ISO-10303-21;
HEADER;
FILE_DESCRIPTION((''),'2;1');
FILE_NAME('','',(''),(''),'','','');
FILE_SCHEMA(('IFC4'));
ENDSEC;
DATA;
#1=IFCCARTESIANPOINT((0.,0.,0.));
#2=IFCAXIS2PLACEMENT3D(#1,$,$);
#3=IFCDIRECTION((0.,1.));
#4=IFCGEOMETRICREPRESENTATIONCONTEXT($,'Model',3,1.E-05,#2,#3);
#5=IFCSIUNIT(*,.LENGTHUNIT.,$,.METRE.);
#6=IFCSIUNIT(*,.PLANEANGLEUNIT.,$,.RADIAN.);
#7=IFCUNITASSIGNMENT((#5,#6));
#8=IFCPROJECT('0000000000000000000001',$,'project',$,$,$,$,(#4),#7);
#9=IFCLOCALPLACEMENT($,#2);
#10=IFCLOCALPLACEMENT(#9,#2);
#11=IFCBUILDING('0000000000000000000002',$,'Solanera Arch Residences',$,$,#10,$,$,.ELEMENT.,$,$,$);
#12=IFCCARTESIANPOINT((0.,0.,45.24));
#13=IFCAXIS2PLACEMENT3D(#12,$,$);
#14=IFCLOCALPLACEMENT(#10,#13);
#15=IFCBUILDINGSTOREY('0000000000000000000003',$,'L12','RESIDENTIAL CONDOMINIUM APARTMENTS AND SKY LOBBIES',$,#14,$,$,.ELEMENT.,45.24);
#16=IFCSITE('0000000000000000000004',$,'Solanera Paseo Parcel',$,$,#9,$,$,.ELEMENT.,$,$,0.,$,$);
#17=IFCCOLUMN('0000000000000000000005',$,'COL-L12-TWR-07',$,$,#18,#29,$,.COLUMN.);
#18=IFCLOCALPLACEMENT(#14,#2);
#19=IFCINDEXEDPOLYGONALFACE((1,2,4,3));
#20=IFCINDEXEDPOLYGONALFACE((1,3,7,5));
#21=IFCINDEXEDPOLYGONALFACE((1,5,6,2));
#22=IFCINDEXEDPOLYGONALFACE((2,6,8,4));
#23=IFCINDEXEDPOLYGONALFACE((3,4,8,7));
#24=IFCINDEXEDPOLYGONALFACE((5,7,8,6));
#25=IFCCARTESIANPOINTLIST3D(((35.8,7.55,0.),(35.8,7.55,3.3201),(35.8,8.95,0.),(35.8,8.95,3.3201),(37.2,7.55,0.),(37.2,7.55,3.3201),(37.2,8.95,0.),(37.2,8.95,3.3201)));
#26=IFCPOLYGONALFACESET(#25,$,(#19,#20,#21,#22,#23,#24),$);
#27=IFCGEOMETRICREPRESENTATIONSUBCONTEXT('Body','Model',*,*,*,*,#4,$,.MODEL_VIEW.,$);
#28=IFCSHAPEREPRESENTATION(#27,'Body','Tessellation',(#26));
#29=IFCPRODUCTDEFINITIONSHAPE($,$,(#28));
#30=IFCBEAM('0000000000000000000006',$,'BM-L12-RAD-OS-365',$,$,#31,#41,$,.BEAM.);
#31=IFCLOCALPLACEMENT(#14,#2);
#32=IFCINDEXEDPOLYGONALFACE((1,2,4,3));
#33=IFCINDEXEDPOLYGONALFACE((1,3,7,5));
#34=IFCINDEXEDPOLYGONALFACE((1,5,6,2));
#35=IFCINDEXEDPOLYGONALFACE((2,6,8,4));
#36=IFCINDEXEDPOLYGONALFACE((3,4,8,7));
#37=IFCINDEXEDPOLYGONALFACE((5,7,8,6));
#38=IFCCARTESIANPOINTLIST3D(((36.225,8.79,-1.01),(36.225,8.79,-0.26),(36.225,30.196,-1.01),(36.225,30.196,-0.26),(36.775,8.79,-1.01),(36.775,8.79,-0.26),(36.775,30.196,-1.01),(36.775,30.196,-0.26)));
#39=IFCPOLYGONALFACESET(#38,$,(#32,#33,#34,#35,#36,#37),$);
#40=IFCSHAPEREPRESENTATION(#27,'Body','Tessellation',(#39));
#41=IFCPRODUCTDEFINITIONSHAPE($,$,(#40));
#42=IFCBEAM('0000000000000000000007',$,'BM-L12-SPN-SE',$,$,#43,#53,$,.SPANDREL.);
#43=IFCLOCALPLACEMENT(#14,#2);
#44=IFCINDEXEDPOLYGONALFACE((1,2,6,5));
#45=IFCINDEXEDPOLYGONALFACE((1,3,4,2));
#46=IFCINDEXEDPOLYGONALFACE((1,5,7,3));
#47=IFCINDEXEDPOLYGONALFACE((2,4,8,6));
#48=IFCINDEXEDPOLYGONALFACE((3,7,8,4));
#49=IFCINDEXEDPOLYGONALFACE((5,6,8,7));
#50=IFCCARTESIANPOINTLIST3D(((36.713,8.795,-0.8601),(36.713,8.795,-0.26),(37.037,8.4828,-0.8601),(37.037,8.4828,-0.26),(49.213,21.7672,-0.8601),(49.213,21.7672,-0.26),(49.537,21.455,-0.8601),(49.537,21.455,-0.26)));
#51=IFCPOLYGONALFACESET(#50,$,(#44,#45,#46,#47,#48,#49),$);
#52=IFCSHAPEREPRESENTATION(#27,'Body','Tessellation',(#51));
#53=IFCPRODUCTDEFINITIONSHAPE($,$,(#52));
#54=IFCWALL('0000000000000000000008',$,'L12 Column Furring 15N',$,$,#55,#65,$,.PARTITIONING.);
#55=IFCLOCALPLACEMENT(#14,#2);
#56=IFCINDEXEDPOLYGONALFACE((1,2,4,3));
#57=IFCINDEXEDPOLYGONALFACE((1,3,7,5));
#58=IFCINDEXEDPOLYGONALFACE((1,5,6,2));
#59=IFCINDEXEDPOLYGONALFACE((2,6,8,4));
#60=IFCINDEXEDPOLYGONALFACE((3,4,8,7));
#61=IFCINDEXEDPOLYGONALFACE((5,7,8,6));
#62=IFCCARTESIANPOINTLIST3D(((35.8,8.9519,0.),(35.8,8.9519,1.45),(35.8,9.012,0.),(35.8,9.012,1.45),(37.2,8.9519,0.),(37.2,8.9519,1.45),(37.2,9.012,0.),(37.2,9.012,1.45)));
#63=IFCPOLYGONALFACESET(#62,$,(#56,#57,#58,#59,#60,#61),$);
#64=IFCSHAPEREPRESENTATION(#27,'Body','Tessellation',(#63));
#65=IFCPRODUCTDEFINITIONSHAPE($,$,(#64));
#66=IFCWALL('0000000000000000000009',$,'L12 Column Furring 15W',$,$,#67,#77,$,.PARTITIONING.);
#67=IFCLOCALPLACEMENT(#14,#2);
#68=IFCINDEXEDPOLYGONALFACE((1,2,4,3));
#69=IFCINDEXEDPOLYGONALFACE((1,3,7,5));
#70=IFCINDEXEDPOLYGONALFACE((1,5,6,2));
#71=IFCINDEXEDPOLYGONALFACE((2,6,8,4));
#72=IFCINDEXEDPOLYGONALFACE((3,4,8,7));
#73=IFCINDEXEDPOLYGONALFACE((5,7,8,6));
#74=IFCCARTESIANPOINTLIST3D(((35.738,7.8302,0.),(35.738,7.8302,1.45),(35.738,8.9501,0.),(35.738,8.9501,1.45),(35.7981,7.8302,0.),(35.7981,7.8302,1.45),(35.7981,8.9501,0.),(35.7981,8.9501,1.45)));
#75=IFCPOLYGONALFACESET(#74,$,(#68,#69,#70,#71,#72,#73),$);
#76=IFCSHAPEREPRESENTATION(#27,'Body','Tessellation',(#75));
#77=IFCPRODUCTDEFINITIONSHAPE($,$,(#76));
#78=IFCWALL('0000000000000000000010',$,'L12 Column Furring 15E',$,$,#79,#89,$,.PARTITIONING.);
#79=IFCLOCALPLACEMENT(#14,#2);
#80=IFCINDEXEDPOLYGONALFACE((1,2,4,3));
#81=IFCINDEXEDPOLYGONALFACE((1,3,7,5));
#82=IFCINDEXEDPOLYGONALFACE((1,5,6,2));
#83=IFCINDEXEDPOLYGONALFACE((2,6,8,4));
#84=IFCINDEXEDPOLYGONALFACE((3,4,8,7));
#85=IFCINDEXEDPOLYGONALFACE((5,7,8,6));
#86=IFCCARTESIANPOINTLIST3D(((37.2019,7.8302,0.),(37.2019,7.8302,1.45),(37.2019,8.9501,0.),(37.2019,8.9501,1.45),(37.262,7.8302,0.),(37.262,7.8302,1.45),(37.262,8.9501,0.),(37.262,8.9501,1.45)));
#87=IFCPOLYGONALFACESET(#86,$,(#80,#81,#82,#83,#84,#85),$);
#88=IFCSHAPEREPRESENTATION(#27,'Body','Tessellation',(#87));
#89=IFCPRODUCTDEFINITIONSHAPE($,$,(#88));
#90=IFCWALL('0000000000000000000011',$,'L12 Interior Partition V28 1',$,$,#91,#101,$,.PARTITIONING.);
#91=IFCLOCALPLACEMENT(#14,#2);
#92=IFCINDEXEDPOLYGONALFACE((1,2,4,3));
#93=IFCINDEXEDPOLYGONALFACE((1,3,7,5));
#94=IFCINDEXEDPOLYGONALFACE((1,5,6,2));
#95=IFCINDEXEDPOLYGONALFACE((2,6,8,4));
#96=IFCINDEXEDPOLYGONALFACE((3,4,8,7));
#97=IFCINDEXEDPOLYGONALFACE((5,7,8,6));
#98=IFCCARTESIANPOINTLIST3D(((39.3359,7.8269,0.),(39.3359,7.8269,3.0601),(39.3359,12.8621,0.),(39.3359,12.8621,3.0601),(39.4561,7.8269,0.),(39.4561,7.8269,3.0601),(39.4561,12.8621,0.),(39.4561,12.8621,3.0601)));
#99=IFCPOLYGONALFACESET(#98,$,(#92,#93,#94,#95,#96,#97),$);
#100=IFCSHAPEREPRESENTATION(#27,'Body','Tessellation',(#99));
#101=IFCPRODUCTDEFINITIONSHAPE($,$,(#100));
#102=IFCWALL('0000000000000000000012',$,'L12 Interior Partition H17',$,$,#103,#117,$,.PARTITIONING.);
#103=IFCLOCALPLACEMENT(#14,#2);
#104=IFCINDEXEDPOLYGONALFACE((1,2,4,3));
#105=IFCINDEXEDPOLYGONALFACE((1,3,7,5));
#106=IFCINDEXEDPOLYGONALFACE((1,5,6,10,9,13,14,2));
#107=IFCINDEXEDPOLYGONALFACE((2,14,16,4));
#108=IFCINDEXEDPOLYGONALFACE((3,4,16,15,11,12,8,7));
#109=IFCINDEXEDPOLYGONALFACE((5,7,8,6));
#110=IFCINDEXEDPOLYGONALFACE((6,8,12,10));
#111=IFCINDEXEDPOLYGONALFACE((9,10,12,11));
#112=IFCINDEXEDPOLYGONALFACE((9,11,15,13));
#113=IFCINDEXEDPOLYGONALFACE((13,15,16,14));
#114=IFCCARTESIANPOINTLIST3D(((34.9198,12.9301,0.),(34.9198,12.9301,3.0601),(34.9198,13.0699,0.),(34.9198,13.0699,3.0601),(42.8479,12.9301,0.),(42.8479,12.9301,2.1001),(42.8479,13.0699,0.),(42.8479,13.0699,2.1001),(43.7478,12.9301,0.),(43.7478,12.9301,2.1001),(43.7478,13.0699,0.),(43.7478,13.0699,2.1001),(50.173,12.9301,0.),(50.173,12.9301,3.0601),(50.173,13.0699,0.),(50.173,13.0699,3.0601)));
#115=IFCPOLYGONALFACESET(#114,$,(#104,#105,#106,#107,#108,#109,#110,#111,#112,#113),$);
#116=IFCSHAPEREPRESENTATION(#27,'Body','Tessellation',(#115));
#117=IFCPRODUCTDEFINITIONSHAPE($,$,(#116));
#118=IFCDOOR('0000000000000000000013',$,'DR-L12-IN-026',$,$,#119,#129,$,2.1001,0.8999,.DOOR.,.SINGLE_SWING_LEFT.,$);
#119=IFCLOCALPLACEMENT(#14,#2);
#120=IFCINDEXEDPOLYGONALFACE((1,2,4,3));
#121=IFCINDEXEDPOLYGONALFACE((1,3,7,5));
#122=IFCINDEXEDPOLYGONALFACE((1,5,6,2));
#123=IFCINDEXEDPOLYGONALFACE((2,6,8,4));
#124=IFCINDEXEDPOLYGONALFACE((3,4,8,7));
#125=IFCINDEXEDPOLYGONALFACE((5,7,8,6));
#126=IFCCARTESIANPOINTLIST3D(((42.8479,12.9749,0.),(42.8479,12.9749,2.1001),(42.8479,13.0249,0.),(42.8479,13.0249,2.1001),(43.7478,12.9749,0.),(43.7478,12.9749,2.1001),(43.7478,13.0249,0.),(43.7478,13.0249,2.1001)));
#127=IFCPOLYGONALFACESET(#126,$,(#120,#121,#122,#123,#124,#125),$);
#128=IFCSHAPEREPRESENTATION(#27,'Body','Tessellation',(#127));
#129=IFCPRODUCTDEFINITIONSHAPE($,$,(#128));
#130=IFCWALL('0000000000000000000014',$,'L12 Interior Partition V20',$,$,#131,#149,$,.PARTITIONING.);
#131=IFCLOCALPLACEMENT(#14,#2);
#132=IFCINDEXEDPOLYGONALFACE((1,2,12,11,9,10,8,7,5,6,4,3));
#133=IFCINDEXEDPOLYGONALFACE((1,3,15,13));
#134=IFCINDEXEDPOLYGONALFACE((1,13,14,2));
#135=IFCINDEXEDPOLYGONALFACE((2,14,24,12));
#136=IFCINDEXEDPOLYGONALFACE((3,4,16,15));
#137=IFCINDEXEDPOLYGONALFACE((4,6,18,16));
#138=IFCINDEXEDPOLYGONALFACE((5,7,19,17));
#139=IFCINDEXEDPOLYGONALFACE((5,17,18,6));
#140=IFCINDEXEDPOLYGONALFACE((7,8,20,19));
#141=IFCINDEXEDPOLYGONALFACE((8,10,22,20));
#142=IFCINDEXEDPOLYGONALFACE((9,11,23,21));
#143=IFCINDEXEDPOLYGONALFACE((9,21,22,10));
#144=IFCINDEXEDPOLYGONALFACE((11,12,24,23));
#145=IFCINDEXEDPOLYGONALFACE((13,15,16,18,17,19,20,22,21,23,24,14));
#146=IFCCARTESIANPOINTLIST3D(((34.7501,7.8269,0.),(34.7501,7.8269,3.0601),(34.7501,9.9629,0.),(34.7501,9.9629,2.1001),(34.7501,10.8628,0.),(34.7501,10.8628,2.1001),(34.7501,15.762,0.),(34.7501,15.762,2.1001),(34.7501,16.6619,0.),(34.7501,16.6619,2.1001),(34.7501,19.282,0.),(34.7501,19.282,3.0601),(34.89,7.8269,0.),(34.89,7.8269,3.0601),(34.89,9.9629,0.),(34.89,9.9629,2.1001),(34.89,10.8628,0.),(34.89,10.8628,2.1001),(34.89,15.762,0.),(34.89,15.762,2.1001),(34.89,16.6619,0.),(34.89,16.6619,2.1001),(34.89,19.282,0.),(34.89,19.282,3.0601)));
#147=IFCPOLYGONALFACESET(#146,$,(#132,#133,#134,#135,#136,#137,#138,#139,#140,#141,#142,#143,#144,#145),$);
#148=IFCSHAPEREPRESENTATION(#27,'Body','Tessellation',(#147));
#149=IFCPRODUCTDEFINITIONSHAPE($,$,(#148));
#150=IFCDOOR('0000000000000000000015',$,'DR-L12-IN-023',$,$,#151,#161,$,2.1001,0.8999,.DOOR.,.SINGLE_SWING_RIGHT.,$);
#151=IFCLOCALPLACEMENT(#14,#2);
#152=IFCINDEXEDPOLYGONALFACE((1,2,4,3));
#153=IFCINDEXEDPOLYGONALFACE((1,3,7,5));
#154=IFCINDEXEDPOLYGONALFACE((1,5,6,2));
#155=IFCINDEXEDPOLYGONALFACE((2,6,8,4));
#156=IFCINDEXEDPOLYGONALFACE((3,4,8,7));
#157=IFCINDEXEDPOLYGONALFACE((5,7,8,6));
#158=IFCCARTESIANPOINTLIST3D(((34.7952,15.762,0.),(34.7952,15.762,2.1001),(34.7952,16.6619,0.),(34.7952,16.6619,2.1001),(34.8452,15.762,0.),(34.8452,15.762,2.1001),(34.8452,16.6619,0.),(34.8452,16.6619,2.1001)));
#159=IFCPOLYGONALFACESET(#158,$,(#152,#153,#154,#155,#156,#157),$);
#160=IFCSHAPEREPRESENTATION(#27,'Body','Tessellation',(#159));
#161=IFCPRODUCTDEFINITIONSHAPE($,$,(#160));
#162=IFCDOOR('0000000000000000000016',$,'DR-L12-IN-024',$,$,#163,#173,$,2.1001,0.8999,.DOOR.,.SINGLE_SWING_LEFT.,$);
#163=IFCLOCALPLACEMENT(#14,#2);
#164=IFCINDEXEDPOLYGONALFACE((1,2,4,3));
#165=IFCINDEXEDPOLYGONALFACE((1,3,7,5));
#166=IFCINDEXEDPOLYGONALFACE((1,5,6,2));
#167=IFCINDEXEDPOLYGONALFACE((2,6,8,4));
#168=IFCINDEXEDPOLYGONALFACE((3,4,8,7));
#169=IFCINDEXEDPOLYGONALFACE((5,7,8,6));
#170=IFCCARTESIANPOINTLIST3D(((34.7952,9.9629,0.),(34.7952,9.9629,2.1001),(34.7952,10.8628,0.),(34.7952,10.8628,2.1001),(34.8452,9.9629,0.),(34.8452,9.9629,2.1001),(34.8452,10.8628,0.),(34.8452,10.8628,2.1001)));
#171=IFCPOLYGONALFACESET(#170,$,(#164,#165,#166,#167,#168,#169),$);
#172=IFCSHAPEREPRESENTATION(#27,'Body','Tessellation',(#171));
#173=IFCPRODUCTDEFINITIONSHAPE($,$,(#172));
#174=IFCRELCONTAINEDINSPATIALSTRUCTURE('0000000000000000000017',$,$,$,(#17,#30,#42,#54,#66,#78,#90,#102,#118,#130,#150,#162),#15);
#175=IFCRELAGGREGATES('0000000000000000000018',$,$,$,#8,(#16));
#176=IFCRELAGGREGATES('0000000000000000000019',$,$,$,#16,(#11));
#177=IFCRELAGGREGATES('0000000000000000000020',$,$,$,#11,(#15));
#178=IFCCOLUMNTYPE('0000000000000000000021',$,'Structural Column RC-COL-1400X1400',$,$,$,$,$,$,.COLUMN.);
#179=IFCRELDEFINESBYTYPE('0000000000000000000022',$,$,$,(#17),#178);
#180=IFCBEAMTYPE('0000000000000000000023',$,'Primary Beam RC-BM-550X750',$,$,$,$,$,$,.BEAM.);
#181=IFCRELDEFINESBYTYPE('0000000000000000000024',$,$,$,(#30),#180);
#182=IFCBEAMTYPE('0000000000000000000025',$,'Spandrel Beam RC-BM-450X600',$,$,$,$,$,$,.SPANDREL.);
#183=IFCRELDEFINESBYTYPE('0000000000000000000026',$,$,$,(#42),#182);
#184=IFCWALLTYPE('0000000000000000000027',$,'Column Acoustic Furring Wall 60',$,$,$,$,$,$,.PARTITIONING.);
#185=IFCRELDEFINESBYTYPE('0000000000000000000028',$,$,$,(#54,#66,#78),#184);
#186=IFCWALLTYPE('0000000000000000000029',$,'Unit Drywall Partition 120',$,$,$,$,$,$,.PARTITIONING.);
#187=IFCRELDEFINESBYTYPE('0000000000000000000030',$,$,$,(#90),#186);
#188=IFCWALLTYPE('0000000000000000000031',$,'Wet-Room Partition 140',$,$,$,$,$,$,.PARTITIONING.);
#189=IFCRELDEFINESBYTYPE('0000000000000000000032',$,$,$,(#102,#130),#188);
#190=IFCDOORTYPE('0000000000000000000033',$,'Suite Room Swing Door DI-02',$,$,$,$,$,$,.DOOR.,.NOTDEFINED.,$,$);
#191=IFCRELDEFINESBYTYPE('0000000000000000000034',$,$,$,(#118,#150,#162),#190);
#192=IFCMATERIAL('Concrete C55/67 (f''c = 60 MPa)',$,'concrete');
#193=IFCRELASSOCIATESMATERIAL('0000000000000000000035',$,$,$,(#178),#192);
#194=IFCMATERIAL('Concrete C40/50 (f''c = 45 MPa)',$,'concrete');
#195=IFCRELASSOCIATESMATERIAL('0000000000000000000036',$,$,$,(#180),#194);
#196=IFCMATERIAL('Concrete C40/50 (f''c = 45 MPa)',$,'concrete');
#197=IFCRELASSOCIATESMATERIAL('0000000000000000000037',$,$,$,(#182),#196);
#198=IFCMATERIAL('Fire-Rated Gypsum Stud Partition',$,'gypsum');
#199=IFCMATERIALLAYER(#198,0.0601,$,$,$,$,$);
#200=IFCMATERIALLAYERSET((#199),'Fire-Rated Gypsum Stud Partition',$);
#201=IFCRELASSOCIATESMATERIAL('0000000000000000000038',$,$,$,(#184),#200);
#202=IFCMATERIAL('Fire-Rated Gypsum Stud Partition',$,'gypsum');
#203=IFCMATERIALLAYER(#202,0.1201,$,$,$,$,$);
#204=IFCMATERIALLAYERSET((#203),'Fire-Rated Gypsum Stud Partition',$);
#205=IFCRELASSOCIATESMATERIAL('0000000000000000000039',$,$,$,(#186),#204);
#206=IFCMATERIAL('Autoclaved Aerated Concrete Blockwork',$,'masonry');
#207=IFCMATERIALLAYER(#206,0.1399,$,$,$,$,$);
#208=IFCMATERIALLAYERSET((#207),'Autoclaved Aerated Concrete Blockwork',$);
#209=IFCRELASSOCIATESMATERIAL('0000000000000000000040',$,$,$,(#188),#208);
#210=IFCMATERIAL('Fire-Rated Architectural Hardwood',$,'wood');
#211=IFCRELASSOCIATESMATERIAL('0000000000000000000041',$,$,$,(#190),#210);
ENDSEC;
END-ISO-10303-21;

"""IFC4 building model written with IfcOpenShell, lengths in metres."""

from ifc_helpers import new_model, si_unit, direction, frame, frame_2d, origin, origin_2d, place, context, subcontext, project, spatial, rectangle, extrude, material, layer, layer_set, material_profile, profile_set, type_object, element, fill, save


model = new_model("IFC4")

# Units and contexts
model_context = context("Model", 3, precision=1e-05, world=origin(), true_north=direction((0.0, 1.0)))
body_context = subcontext(model_context, "Body", "Model", "MODEL_VIEW")
ifc_project = project(units=[si_unit("LENGTHUNIT", "METRE"), si_unit("PLANEANGLEUNIT", "RADIAN")], contexts=[model_context])

# Site, building, storey
site_placement = place(None, origin())
site = spatial("IfcSite", under=ifc_project, at=site_placement, Name="Solanera Paseo Parcel", CompositionType="ELEMENT", RefElevation=0.0)
building_placement = place(site_placement, origin())
building = spatial("IfcBuilding", under=site, at=building_placement, Name="Solanera Arch Residences", CompositionType="ELEMENT")
storey_placement = place(building_placement, frame((0.0, 0.0, 45.24)))
storey = spatial("IfcBuildingStorey", under=building, at=storey_placement, Name="L12", Description="RESIDENTIAL CONDOMINIUM APARTMENTS AND SKY LOBBIES", CompositionType="ELEMENT", Elevation=45.24)

# Column
ifc_material_1 = material(Name="Concrete C55/67 (f'c = 60 MPa)", Category="concrete")
ifc_material_profile_1 = material_profile(ifc_material_1, rectangle(XDim=1.3999, YDim=1.3999, at=origin_2d()))
ifc_profile_set_1 = profile_set([ifc_material_profile_1], Name="Concrete C55/67 (f'c = 60 MPa)")
column_type = type_object("IfcColumnType", Name="Structural Column RC-COL-1400X1400", PredefinedType="COLUMN", material=ifc_profile_set_1)
column_placement = place(storey_placement, frame((36.5, 8.25, 0.0), z_axis=(0.0, 0.0, 1.0), x_axis=(1.0, 0.0, 0.0)))
element("IfcColumn", 1, at=column_placement, inside=storey, type_object=column_type, Name="COL-L12-TWR-07", PredefinedType="COLUMN", context=body_context, shape_type="SweptSolid", body=[
    extrude(rectangle(XDim=1.3999, YDim=1.3999, at=origin_2d()), origin(), (0.0, 0.0, 1.0), 3.3201),
])

# Beams
ifc_material_2 = material(Name="Concrete C40/50 (f'c = 45 MPa)", Category="concrete")
ifc_material_profile_2 = material_profile(ifc_material_2, rectangle(XDim=0.55, YDim=0.75, at=origin_2d()))
ifc_profile_set_2 = profile_set([ifc_material_profile_2], Name="Concrete C40/50 (f'c = 45 MPa)")
beam_type_1 = type_object("IfcBeamType", Name="Primary Beam RC-BM-550X750", PredefinedType="BEAM", material=ifc_profile_set_2)
beam_1_placement = place(storey_placement, frame((36.5, 8.79, -0.635), z_axis=(0.0, 1.0, 0.0), x_axis=(-1.0, 0.0, 0.0)))
element("IfcBeam", 2, at=beam_1_placement, inside=storey, type_object=beam_type_1, Name="BM-L12-RAD-OS-365", PredefinedType="BEAM", context=body_context, shape_type="SweptSolid", body=[
    extrude(rectangle(XDim=0.55, YDim=0.75, at=origin_2d()), origin(), (0.0, 0.0, 1.0), 21.406),
])
ifc_material_3 = material(Name="Concrete C40/50 (f'c = 45 MPa)", Category="concrete")
ifc_material_profile_3 = material_profile(ifc_material_3, rectangle(XDim=0.45, YDim=0.6001, at=origin_2d()))
ifc_profile_set_3 = profile_set([ifc_material_profile_3], Name="Concrete C40/50 (f'c = 45 MPa)")
beam_type_2 = type_object("IfcBeamType", Name="Spandrel Beam RC-BM-450X600", PredefinedType="SPANDREL", material=ifc_profile_set_3)
beam_2_placement = place(storey_placement, frame((36.875, 8.6389, -0.5601), z_axis=(0.69388, 0.72009, 0.0), x_axis=(-0.72009, 0.69388, 0.0)))
element("IfcBeam", 3, at=beam_2_placement, inside=storey, type_object=beam_type_2, Name="BM-L12-SPN-SE", PredefinedType="SPANDREL", context=body_context, shape_type="SweptSolid", body=[
    extrude(rectangle(XDim=0.45, YDim=0.6001, at=origin_2d()), origin(), (0.0, 0.0, 1.0), 18.0146),
])

# Walls
ifc_material_4 = material(Name="Fire-Rated Gypsum Stud Partition", Category="gypsum")
ifc_layer_1 = layer(ifc_material_4, 0.0601)
ifc_layer_set_1 = layer_set([ifc_layer_1], Name="Fire-Rated Gypsum Stud Partition")
wall_type_1 = type_object("IfcWallType", Name="Column Acoustic Furring Wall 60", PredefinedType="PARTITIONING", material=ifc_layer_set_1)
wall_1_placement = place(storey_placement, frame((35.8, 8.9819, 0.0), z_axis=(0.0, 0.0, 1.0), x_axis=(1.0, 0.0, 0.0)))
element("IfcWall", 4, at=wall_1_placement, inside=storey, type_object=wall_type_1, Name="L12 Column Furring 15N", PredefinedType="PARTITIONING", context=body_context, shape_type="SweptSolid", body=[
    extrude(rectangle(XDim=1.3999, YDim=0.0601, at=frame_2d((0.7, 0.0))), origin(), (0.0, 0.0, 1.0), 1.45),
])
for number, where, z_axis, x_axis, name in (
    (5, (35.7681, 7.8301, 0.0), (0.0, 0.0, 1.0), (0.0, 1.0, 0.0), "L12 Column Furring 15W"),
    (6, (37.2319, 7.8301, 0.0), (0.0, 0.0, 1.0), (0.0, 1.0, 0.0), "L12 Column Furring 15E"),
):
    element("IfcWall", number, at=place(storey_placement, frame(where, z_axis=z_axis, x_axis=x_axis)), inside=storey, type_object=wall_type_1, Name=name, PredefinedType="PARTITIONING", context=body_context, shape_type="SweptSolid", body=[
        extrude(rectangle(XDim=1.1199, YDim=0.0601, at=frame_2d((0.5601, 0.0))), origin(), (0.0, 0.0, 1.0), 1.45),
    ])
ifc_material_5 = material(Name="Fire-Rated Gypsum Stud Partition", Category="gypsum")
ifc_layer_2 = layer(ifc_material_5, 0.1201)
ifc_layer_set_2 = layer_set([ifc_layer_2], Name="Fire-Rated Gypsum Stud Partition")
wall_type_2 = type_object("IfcWallType", Name="Unit Drywall Partition 120", PredefinedType="PARTITIONING", material=ifc_layer_set_2)
wall_2_placement = place(storey_placement, frame((39.396, 7.8269, 0.0), z_axis=(0.0, 0.0, 1.0), x_axis=(0.0, 1.0, 0.0)))
element("IfcWall", 7, at=wall_2_placement, inside=storey, type_object=wall_type_2, Name="L12 Interior Partition V28 1", PredefinedType="PARTITIONING", context=body_context, shape_type="SweptSolid", body=[
    extrude(rectangle(XDim=5.0352, YDim=0.1201, at=frame_2d((2.5176, 0.0))), origin(), (0.0, 0.0, 1.0), 3.0601),
])

# Wall, opening, door
ifc_material_6 = material(Name="Autoclaved Aerated Concrete Blockwork", Category="masonry")
ifc_layer_3 = layer(ifc_material_6, 0.1399)
ifc_layer_set_3 = layer_set([ifc_layer_3], Name="Autoclaved Aerated Concrete Blockwork")
wall_type_3 = type_object("IfcWallType", Name="Wet-Room Partition 140", PredefinedType="PARTITIONING", material=ifc_layer_set_3)
wall_3_placement = place(storey_placement, frame((34.9199, 13.0, 0.0), z_axis=(0.0, 0.0, 1.0), x_axis=(1.0, 0.0, 0.0)))
wall_3 = element("IfcWall", 8, at=wall_3_placement, inside=storey, type_object=wall_type_3, Name="L12 Interior Partition H17", PredefinedType="PARTITIONING", context=body_context, shape_type="SweptSolid", body=[
    extrude(rectangle(XDim=15.2532, YDim=0.1399, at=frame_2d((7.6265, 0.0))), origin(), (0.0, 0.0, 1.0), 3.0601),
])
opening_1_placement = place(wall_3_placement, frame((7.928, 0.0, 0.0)))
opening_1 = element("IfcOpeningElement", 9, at=opening_1_placement, cuts=wall_3, PredefinedType="OPENING", context=body_context, shape_type="SweptSolid", body=[
    extrude(rectangle(XDim=0.8999, YDim=2.1001, at=frame_2d((0.45, 1.05))), frame((0.0, 0.0798, 0.0), z_axis=(0.0, -1.0, 0.0), x_axis=(1.0, 0.0, 0.0)), (0.0, 0.0, 1.0), 0.1599),
])
ifc_material_7 = material(Name="Fire-Rated Architectural Hardwood", Category="wood")
door_type = type_object("IfcDoorType", Name="Suite Room Swing Door DI-02", OperationType="NOTDEFINED", PredefinedType="DOOR", material=ifc_material_7)
door_1_placement = place(opening_1_placement, origin())
door_1 = element("IfcDoor", 10, at=door_1_placement, inside=storey, type_object=door_type, Name="DR-L12-IN-026", OperationType="SINGLE_SWING_LEFT", OverallHeight=2.1001, OverallWidth=0.8999, PredefinedType="DOOR", context=body_context, shape_type="SweptSolid", body=[
    extrude(rectangle(XDim=0.8999, YDim=2.1001, at=frame_2d((0.45, 1.05))), frame((0.0, 0.0249, 0.0), z_axis=(0.0, -1.0, 0.0), x_axis=(1.0, 0.0, 0.0)), (0.0, 0.0, 1.0), 0.05),
])
fill(opening_1, door_1)

# Wall, openings, doors
wall_4_placement = place(storey_placement, frame((34.8201, 7.8269, 0.0), z_axis=(0.0, 0.0, 1.0), x_axis=(0.0, 1.0, 0.0)))
wall_4 = element("IfcWall", 11, at=wall_4_placement, inside=storey, type_object=wall_type_3, Name="L12 Interior Partition V20", PredefinedType="PARTITIONING", context=body_context, shape_type="SweptSolid", body=[
    extrude(rectangle(XDim=11.4551, YDim=0.1399, at=frame_2d((5.7275, 0.0))), origin(), (0.0, 0.0, 1.0), 3.0601),
])
opening_2_placement = place(wall_4_placement, frame((7.9351, 0.0, 0.0)))
opening_2 = element("IfcOpeningElement", 12, at=opening_2_placement, cuts=wall_4, PredefinedType="OPENING", context=body_context, shape_type="SweptSolid", body=[
    extrude(rectangle(XDim=0.8999, YDim=2.1001, at=frame_2d((0.45, 1.05))), frame((0.0, 0.0798, 0.0), z_axis=(0.0, -1.0, 0.0), x_axis=(1.0, 0.0, 0.0)), (0.0, 0.0, 1.0), 0.1599),
])
opening_3_placement = place(wall_4_placement, frame((2.136, 0.0, 0.0)))
opening_3 = element("IfcOpeningElement", 13, at=opening_3_placement, cuts=wall_4, PredefinedType="OPENING", context=body_context, shape_type="SweptSolid", body=[
    extrude(rectangle(XDim=0.8999, YDim=2.1001, at=frame_2d((0.45, 1.05))), frame((0.0, 0.0798, 0.0), z_axis=(0.0, -1.0, 0.0), x_axis=(1.0, 0.0, 0.0)), (0.0, 0.0, 1.0), 0.1599),
])
door_2_placement = place(opening_2_placement, origin())
door_2 = element("IfcDoor", 14, at=door_2_placement, inside=storey, type_object=door_type, Name="DR-L12-IN-023", OperationType="SINGLE_SWING_RIGHT", OverallHeight=2.1001, OverallWidth=0.8999, PredefinedType="DOOR", context=body_context, shape_type="SweptSolid", body=[
    extrude(rectangle(XDim=0.8999, YDim=2.1001, at=frame_2d((0.45, 1.05))), frame((0.0, 0.0249, 0.0), z_axis=(0.0, -1.0, 0.0), x_axis=(1.0, 0.0, 0.0)), (0.0, 0.0, 1.0), 0.05),
])
fill(opening_2, door_2)
door_3_placement = place(opening_3_placement, origin())
door_3 = element("IfcDoor", 15, at=door_3_placement, inside=storey, type_object=door_type, Name="DR-L12-IN-024", OperationType="SINGLE_SWING_LEFT", OverallHeight=2.1001, OverallWidth=0.8999, PredefinedType="DOOR", context=body_context, shape_type="SweptSolid", body=[
    extrude(rectangle(XDim=0.8999, YDim=2.1001, at=frame_2d((0.45, 1.05))), frame((0.0, 0.0249, 0.0), z_axis=(0.0, -1.0, 0.0), x_axis=(1.0, 0.0, 0.0)), (0.0, 0.0, 1.0), 0.05),
])
fill(opening_3, door_3)

save(model, "model.ifc")
